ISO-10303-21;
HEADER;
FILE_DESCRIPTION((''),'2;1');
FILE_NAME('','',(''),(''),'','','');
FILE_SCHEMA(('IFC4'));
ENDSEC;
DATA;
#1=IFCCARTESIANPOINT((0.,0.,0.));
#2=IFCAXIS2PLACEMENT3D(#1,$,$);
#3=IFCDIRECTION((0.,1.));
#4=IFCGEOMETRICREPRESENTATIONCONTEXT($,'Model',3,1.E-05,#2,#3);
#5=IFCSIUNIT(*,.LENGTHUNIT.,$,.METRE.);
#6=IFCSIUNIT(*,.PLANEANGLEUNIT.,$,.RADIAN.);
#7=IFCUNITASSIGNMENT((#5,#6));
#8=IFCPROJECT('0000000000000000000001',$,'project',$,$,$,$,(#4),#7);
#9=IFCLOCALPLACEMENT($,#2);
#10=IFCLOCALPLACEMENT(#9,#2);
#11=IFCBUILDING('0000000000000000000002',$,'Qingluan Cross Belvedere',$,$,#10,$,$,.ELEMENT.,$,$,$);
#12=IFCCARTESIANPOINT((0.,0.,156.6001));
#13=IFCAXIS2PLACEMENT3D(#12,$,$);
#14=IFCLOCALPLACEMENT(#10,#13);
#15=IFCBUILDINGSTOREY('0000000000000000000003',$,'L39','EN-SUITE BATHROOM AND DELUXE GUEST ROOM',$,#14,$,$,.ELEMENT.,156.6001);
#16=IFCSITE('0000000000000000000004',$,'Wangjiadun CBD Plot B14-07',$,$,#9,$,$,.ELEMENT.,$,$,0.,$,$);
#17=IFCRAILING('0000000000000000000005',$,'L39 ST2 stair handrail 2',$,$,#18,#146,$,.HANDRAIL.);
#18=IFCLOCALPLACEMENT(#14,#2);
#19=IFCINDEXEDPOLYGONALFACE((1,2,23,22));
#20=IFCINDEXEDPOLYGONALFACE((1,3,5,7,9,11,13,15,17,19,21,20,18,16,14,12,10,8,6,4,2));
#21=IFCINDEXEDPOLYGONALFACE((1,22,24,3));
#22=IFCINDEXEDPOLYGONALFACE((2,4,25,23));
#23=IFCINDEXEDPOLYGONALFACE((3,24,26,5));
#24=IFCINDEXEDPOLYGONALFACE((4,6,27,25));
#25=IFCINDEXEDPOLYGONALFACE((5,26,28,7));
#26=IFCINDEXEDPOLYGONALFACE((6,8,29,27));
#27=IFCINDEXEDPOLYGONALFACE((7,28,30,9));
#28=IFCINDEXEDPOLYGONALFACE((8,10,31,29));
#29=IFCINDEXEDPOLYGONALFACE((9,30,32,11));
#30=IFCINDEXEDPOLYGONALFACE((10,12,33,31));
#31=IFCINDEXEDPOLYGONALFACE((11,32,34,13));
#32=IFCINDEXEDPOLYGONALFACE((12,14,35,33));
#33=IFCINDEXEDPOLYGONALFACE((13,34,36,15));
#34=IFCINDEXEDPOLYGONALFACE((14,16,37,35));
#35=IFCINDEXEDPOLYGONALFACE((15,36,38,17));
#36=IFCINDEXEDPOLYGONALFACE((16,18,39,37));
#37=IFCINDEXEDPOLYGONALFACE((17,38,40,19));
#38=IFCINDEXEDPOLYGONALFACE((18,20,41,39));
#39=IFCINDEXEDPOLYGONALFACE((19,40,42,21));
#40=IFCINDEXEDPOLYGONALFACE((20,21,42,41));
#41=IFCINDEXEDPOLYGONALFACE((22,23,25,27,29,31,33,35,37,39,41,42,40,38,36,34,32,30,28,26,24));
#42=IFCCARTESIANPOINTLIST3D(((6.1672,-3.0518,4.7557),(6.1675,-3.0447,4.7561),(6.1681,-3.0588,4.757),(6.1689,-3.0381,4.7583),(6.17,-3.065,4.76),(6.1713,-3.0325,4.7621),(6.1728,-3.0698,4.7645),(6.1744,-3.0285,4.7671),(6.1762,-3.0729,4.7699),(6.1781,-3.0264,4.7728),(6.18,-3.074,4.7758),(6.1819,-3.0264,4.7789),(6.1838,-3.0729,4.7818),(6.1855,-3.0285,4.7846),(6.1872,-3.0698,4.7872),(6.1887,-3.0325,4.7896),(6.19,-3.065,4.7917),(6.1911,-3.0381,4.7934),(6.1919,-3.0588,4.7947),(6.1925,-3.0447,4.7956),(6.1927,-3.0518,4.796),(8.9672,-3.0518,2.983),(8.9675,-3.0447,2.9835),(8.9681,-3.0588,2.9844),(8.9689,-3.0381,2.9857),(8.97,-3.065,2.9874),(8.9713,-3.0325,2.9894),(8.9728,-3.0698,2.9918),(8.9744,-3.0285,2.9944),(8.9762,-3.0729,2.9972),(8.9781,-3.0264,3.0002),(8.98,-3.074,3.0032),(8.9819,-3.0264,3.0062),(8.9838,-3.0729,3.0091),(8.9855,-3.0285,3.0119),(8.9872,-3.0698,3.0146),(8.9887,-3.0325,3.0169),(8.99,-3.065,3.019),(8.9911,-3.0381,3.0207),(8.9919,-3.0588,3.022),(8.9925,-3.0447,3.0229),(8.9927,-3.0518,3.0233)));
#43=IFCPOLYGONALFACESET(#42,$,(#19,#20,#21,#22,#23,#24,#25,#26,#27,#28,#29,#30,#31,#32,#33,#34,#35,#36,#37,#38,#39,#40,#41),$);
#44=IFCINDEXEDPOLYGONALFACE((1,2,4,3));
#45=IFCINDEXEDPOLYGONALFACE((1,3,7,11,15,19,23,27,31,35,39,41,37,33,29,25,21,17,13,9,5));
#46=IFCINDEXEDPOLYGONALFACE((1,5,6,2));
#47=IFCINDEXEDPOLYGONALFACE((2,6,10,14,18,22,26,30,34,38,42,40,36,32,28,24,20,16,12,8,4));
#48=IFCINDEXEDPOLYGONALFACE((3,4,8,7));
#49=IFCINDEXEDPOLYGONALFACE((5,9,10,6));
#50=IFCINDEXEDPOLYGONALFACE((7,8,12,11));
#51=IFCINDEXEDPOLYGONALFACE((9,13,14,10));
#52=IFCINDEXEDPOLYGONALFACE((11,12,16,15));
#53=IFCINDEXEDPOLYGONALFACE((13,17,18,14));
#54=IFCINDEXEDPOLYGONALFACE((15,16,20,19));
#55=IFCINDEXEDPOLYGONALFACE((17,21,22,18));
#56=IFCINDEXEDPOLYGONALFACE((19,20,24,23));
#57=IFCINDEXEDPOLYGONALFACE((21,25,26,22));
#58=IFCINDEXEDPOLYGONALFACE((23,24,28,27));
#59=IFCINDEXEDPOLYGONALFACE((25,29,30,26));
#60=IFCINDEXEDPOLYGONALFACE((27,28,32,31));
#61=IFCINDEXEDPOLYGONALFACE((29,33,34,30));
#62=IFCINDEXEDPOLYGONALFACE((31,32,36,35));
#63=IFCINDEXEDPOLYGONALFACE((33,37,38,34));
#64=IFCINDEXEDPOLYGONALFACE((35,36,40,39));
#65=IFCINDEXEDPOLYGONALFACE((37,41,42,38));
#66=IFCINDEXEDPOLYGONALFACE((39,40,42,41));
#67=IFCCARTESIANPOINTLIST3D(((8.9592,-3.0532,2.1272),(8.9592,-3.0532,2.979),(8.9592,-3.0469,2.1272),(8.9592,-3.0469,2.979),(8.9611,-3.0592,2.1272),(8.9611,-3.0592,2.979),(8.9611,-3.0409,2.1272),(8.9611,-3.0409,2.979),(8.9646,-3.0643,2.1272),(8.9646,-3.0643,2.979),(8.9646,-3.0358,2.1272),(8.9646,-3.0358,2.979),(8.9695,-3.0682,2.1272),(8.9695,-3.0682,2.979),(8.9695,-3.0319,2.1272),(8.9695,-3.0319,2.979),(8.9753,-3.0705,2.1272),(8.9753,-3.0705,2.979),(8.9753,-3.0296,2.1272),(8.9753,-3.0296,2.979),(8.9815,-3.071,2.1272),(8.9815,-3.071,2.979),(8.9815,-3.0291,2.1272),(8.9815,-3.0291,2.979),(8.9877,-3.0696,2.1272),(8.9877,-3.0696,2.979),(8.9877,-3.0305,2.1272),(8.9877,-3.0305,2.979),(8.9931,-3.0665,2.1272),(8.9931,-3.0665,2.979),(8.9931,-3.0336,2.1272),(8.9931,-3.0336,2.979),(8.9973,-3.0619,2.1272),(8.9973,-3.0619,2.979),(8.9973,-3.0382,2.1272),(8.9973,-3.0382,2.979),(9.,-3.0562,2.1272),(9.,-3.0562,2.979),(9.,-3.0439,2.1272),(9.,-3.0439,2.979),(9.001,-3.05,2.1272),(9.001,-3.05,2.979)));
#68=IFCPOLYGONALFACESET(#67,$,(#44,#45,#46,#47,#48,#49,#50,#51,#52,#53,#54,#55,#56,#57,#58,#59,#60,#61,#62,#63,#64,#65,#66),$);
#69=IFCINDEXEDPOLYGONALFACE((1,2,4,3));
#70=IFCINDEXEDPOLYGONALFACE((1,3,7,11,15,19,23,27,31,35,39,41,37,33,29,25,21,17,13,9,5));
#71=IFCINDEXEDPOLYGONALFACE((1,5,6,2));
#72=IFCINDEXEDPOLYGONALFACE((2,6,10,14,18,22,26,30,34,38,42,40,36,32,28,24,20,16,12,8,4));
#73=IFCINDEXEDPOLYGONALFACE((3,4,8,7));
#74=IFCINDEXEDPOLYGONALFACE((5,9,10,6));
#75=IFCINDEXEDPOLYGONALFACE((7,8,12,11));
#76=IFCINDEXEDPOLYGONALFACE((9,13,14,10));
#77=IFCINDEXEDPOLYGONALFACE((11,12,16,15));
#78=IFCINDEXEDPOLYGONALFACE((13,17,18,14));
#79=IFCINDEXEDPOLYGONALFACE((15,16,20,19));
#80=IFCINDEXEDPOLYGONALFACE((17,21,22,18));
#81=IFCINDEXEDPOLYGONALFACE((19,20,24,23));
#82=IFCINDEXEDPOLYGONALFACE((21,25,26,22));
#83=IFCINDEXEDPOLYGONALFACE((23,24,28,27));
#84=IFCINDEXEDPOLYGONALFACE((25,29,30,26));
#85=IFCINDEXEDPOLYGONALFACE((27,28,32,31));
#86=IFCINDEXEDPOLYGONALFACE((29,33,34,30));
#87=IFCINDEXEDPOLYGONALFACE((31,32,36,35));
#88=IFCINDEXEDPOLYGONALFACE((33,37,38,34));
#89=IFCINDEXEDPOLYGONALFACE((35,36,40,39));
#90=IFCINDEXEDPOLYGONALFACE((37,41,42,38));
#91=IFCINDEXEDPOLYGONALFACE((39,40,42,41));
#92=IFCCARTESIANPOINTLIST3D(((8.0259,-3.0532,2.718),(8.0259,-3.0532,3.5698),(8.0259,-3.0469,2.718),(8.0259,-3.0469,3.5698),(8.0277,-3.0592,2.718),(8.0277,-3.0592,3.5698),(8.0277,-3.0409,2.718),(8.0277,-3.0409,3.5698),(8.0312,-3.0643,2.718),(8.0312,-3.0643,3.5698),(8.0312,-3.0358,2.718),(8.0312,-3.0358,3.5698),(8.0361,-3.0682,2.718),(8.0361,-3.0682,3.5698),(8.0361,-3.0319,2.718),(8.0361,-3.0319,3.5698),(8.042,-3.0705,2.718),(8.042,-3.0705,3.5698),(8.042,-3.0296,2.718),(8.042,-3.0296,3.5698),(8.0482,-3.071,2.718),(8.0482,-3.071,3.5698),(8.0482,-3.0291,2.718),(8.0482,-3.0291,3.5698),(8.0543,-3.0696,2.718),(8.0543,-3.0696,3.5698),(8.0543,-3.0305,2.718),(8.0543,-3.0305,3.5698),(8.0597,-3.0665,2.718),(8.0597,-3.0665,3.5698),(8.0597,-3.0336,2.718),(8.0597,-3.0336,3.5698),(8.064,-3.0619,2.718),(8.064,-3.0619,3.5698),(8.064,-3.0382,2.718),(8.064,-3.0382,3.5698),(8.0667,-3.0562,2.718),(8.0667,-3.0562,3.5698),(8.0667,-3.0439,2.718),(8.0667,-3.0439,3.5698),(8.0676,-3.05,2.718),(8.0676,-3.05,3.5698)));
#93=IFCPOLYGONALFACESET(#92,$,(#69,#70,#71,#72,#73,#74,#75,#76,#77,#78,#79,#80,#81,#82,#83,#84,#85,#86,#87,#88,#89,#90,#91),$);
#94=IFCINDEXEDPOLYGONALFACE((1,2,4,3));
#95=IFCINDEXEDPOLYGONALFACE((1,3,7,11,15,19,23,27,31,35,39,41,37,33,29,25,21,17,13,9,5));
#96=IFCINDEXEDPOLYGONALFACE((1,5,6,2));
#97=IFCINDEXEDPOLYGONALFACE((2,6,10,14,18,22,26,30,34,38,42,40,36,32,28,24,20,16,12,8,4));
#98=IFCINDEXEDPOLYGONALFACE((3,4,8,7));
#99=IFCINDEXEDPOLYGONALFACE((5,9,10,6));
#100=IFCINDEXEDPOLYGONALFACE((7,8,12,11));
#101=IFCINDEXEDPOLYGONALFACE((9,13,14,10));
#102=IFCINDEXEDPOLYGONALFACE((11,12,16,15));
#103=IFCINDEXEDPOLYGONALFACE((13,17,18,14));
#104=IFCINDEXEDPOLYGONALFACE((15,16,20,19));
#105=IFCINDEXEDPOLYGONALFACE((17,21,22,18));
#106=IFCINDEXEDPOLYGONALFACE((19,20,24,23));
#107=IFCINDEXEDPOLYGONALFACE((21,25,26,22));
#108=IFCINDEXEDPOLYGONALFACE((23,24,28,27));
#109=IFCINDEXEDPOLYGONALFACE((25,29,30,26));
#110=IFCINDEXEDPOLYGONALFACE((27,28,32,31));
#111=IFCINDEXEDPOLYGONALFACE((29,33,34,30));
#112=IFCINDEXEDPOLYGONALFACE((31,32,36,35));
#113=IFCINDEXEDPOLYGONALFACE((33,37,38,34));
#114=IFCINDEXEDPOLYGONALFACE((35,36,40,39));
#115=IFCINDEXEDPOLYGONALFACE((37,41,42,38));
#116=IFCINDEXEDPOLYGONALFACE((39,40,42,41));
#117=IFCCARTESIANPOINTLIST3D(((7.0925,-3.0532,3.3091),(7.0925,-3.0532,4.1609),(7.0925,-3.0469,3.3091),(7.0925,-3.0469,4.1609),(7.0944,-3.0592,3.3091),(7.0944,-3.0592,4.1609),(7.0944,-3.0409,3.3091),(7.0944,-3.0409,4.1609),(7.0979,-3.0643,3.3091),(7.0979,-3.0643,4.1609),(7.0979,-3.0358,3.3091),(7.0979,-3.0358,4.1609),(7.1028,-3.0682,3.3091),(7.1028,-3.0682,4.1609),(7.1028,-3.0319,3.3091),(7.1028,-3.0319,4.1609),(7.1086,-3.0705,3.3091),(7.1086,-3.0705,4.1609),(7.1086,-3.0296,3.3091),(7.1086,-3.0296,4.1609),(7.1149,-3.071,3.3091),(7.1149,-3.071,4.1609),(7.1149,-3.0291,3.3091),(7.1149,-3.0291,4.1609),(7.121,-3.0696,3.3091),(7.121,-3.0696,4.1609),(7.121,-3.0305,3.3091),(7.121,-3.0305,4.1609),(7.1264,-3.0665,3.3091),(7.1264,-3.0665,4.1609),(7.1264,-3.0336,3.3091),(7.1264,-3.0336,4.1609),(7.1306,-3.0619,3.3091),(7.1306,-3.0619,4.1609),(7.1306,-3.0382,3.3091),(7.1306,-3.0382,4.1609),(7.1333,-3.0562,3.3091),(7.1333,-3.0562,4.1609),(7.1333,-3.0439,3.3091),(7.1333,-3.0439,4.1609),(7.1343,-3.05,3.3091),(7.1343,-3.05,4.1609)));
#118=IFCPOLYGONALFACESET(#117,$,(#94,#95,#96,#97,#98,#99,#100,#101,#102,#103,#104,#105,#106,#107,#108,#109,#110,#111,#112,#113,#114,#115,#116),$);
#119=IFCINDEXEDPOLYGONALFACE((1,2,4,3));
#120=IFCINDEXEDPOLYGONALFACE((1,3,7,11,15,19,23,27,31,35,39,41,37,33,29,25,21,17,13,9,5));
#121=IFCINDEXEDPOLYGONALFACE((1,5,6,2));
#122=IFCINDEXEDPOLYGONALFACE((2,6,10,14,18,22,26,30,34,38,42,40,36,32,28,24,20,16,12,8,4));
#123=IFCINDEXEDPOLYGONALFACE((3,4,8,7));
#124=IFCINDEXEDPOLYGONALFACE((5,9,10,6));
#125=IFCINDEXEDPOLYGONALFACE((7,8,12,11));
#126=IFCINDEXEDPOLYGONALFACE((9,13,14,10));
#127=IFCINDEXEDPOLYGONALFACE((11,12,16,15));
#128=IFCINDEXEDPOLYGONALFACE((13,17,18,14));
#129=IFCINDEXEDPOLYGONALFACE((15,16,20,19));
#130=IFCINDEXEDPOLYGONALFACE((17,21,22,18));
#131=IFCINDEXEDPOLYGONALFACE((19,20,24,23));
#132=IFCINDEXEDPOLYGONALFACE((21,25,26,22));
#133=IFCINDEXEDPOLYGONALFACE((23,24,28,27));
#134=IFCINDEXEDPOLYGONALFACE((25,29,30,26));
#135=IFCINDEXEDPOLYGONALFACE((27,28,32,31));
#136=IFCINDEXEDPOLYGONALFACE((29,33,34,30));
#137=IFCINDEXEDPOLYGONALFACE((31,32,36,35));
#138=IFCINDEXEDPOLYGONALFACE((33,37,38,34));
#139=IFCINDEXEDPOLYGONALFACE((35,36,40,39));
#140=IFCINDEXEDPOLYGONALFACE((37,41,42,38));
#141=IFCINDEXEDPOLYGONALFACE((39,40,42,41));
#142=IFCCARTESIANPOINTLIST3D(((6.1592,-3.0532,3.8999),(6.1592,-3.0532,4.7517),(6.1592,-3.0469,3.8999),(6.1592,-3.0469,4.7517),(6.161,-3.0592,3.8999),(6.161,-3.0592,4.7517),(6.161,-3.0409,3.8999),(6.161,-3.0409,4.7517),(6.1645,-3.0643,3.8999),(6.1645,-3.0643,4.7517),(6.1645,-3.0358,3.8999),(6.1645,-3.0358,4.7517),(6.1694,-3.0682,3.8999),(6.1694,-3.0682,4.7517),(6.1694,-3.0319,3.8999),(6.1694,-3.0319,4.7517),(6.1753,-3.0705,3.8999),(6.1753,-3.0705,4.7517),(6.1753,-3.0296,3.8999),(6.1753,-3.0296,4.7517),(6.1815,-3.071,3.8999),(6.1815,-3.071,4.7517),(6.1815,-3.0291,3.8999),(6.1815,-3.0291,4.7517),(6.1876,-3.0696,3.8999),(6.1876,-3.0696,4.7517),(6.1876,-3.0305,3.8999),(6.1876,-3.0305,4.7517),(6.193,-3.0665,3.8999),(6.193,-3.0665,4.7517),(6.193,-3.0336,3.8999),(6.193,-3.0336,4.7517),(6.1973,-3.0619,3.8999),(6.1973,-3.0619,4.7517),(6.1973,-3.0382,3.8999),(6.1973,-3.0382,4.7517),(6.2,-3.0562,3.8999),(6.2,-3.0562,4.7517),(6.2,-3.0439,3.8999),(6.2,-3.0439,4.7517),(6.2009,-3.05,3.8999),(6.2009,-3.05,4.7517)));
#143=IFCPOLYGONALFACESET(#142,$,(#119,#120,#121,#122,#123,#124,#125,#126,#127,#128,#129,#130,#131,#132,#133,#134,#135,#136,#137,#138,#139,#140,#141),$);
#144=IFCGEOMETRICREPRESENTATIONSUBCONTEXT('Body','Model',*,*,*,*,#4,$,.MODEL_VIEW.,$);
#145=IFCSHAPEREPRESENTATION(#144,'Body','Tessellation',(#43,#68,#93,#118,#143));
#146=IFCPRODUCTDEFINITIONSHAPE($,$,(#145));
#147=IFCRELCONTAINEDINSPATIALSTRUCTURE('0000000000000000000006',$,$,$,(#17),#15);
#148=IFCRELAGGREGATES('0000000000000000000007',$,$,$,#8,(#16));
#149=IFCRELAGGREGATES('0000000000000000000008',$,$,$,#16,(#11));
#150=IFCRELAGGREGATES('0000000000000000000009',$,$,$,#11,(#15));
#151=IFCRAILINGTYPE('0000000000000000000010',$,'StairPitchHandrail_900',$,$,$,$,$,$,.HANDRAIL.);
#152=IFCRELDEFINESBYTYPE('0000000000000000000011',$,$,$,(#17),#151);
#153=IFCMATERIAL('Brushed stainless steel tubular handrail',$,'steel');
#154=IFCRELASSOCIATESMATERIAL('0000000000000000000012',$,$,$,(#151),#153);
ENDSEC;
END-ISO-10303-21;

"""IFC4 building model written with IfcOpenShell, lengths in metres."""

from ifc_helpers import new_model, si_unit, direction, frame, origin, origin_2d, place, context, subcontext, project, spatial, circle, extrude, material, type_object, element, save


model = new_model("IFC4")

# Units and contexts
model_context = context("Model", 3, precision=1e-05, world=origin(), true_north=direction((0.0, 1.0)))
body_context = subcontext(model_context, "Body", "Model", "MODEL_VIEW")
ifc_project = project(units=[si_unit("LENGTHUNIT", "METRE"), si_unit("PLANEANGLEUNIT", "RADIAN")], contexts=[model_context])

# Site, building, storey
site_placement = place(None, origin())
site = spatial("IfcSite", under=ifc_project, at=site_placement, Name="Wangjiadun CBD Plot B14-07", CompositionType="ELEMENT", RefElevation=0.0)
building_placement = place(site_placement, origin())
building = spatial("IfcBuilding", under=site, at=building_placement, Name="Qingluan Cross Belvedere", CompositionType="ELEMENT")
storey_placement = place(building_placement, frame((0.0, 0.0, 156.6001)))
storey = spatial("IfcBuildingStorey", under=building, at=storey_placement, Name="L39", Description="EN-SUITE BATHROOM AND DELUXE GUEST ROOM", CompositionType="ELEMENT", Elevation=156.6001)

# Railing
ifc_material_1 = material(Name="Brushed stainless steel tubular handrail", Category="steel")
railing_type_1 = type_object("IfcRailingType", Name="StairPitchHandrail_900", PredefinedType="HANDRAIL", material=ifc_material_1)
railing_1_placement = place(storey_placement, frame((8.98, -3.05, 2.1272)))
element("IfcRailing", 1, at=railing_1_placement, inside=storey, type_object=railing_type_1, Name="L39 ST2 stair handrail 2", PredefinedType="HANDRAIL", context=body_context, shape_type="SweptSolid", body=[
    extrude(circle(Radius=0.0239, at=origin_2d()), frame((0.0, 0.0, 0.876), z_axis=(-0.844909, 0.0, 0.53491), x_axis=(0.0, -1.0, 0.0)), (0.0, 0.0, 1.0), 3.314),
    extrude(circle(Radius=0.021, at=origin_2d()), origin(), (0.0, 0.0, 1.0), 0.8518),
    extrude(circle(Radius=0.021, at=origin_2d()), frame((-0.9333, 0.0, 0.5908)), (0.0, 0.0, 1.0), 0.8518),
    extrude(circle(Radius=0.021, at=origin_2d()), frame((-1.8667, 0.0, 1.1819)), (0.0, 0.0, 1.0), 0.8518),
    extrude(circle(Radius=0.021, at=origin_2d()), frame((-2.8, 0.0, 1.7727)), (0.0, 0.0, 1.0), 0.8518),
])

save(model, "model.ifc")
